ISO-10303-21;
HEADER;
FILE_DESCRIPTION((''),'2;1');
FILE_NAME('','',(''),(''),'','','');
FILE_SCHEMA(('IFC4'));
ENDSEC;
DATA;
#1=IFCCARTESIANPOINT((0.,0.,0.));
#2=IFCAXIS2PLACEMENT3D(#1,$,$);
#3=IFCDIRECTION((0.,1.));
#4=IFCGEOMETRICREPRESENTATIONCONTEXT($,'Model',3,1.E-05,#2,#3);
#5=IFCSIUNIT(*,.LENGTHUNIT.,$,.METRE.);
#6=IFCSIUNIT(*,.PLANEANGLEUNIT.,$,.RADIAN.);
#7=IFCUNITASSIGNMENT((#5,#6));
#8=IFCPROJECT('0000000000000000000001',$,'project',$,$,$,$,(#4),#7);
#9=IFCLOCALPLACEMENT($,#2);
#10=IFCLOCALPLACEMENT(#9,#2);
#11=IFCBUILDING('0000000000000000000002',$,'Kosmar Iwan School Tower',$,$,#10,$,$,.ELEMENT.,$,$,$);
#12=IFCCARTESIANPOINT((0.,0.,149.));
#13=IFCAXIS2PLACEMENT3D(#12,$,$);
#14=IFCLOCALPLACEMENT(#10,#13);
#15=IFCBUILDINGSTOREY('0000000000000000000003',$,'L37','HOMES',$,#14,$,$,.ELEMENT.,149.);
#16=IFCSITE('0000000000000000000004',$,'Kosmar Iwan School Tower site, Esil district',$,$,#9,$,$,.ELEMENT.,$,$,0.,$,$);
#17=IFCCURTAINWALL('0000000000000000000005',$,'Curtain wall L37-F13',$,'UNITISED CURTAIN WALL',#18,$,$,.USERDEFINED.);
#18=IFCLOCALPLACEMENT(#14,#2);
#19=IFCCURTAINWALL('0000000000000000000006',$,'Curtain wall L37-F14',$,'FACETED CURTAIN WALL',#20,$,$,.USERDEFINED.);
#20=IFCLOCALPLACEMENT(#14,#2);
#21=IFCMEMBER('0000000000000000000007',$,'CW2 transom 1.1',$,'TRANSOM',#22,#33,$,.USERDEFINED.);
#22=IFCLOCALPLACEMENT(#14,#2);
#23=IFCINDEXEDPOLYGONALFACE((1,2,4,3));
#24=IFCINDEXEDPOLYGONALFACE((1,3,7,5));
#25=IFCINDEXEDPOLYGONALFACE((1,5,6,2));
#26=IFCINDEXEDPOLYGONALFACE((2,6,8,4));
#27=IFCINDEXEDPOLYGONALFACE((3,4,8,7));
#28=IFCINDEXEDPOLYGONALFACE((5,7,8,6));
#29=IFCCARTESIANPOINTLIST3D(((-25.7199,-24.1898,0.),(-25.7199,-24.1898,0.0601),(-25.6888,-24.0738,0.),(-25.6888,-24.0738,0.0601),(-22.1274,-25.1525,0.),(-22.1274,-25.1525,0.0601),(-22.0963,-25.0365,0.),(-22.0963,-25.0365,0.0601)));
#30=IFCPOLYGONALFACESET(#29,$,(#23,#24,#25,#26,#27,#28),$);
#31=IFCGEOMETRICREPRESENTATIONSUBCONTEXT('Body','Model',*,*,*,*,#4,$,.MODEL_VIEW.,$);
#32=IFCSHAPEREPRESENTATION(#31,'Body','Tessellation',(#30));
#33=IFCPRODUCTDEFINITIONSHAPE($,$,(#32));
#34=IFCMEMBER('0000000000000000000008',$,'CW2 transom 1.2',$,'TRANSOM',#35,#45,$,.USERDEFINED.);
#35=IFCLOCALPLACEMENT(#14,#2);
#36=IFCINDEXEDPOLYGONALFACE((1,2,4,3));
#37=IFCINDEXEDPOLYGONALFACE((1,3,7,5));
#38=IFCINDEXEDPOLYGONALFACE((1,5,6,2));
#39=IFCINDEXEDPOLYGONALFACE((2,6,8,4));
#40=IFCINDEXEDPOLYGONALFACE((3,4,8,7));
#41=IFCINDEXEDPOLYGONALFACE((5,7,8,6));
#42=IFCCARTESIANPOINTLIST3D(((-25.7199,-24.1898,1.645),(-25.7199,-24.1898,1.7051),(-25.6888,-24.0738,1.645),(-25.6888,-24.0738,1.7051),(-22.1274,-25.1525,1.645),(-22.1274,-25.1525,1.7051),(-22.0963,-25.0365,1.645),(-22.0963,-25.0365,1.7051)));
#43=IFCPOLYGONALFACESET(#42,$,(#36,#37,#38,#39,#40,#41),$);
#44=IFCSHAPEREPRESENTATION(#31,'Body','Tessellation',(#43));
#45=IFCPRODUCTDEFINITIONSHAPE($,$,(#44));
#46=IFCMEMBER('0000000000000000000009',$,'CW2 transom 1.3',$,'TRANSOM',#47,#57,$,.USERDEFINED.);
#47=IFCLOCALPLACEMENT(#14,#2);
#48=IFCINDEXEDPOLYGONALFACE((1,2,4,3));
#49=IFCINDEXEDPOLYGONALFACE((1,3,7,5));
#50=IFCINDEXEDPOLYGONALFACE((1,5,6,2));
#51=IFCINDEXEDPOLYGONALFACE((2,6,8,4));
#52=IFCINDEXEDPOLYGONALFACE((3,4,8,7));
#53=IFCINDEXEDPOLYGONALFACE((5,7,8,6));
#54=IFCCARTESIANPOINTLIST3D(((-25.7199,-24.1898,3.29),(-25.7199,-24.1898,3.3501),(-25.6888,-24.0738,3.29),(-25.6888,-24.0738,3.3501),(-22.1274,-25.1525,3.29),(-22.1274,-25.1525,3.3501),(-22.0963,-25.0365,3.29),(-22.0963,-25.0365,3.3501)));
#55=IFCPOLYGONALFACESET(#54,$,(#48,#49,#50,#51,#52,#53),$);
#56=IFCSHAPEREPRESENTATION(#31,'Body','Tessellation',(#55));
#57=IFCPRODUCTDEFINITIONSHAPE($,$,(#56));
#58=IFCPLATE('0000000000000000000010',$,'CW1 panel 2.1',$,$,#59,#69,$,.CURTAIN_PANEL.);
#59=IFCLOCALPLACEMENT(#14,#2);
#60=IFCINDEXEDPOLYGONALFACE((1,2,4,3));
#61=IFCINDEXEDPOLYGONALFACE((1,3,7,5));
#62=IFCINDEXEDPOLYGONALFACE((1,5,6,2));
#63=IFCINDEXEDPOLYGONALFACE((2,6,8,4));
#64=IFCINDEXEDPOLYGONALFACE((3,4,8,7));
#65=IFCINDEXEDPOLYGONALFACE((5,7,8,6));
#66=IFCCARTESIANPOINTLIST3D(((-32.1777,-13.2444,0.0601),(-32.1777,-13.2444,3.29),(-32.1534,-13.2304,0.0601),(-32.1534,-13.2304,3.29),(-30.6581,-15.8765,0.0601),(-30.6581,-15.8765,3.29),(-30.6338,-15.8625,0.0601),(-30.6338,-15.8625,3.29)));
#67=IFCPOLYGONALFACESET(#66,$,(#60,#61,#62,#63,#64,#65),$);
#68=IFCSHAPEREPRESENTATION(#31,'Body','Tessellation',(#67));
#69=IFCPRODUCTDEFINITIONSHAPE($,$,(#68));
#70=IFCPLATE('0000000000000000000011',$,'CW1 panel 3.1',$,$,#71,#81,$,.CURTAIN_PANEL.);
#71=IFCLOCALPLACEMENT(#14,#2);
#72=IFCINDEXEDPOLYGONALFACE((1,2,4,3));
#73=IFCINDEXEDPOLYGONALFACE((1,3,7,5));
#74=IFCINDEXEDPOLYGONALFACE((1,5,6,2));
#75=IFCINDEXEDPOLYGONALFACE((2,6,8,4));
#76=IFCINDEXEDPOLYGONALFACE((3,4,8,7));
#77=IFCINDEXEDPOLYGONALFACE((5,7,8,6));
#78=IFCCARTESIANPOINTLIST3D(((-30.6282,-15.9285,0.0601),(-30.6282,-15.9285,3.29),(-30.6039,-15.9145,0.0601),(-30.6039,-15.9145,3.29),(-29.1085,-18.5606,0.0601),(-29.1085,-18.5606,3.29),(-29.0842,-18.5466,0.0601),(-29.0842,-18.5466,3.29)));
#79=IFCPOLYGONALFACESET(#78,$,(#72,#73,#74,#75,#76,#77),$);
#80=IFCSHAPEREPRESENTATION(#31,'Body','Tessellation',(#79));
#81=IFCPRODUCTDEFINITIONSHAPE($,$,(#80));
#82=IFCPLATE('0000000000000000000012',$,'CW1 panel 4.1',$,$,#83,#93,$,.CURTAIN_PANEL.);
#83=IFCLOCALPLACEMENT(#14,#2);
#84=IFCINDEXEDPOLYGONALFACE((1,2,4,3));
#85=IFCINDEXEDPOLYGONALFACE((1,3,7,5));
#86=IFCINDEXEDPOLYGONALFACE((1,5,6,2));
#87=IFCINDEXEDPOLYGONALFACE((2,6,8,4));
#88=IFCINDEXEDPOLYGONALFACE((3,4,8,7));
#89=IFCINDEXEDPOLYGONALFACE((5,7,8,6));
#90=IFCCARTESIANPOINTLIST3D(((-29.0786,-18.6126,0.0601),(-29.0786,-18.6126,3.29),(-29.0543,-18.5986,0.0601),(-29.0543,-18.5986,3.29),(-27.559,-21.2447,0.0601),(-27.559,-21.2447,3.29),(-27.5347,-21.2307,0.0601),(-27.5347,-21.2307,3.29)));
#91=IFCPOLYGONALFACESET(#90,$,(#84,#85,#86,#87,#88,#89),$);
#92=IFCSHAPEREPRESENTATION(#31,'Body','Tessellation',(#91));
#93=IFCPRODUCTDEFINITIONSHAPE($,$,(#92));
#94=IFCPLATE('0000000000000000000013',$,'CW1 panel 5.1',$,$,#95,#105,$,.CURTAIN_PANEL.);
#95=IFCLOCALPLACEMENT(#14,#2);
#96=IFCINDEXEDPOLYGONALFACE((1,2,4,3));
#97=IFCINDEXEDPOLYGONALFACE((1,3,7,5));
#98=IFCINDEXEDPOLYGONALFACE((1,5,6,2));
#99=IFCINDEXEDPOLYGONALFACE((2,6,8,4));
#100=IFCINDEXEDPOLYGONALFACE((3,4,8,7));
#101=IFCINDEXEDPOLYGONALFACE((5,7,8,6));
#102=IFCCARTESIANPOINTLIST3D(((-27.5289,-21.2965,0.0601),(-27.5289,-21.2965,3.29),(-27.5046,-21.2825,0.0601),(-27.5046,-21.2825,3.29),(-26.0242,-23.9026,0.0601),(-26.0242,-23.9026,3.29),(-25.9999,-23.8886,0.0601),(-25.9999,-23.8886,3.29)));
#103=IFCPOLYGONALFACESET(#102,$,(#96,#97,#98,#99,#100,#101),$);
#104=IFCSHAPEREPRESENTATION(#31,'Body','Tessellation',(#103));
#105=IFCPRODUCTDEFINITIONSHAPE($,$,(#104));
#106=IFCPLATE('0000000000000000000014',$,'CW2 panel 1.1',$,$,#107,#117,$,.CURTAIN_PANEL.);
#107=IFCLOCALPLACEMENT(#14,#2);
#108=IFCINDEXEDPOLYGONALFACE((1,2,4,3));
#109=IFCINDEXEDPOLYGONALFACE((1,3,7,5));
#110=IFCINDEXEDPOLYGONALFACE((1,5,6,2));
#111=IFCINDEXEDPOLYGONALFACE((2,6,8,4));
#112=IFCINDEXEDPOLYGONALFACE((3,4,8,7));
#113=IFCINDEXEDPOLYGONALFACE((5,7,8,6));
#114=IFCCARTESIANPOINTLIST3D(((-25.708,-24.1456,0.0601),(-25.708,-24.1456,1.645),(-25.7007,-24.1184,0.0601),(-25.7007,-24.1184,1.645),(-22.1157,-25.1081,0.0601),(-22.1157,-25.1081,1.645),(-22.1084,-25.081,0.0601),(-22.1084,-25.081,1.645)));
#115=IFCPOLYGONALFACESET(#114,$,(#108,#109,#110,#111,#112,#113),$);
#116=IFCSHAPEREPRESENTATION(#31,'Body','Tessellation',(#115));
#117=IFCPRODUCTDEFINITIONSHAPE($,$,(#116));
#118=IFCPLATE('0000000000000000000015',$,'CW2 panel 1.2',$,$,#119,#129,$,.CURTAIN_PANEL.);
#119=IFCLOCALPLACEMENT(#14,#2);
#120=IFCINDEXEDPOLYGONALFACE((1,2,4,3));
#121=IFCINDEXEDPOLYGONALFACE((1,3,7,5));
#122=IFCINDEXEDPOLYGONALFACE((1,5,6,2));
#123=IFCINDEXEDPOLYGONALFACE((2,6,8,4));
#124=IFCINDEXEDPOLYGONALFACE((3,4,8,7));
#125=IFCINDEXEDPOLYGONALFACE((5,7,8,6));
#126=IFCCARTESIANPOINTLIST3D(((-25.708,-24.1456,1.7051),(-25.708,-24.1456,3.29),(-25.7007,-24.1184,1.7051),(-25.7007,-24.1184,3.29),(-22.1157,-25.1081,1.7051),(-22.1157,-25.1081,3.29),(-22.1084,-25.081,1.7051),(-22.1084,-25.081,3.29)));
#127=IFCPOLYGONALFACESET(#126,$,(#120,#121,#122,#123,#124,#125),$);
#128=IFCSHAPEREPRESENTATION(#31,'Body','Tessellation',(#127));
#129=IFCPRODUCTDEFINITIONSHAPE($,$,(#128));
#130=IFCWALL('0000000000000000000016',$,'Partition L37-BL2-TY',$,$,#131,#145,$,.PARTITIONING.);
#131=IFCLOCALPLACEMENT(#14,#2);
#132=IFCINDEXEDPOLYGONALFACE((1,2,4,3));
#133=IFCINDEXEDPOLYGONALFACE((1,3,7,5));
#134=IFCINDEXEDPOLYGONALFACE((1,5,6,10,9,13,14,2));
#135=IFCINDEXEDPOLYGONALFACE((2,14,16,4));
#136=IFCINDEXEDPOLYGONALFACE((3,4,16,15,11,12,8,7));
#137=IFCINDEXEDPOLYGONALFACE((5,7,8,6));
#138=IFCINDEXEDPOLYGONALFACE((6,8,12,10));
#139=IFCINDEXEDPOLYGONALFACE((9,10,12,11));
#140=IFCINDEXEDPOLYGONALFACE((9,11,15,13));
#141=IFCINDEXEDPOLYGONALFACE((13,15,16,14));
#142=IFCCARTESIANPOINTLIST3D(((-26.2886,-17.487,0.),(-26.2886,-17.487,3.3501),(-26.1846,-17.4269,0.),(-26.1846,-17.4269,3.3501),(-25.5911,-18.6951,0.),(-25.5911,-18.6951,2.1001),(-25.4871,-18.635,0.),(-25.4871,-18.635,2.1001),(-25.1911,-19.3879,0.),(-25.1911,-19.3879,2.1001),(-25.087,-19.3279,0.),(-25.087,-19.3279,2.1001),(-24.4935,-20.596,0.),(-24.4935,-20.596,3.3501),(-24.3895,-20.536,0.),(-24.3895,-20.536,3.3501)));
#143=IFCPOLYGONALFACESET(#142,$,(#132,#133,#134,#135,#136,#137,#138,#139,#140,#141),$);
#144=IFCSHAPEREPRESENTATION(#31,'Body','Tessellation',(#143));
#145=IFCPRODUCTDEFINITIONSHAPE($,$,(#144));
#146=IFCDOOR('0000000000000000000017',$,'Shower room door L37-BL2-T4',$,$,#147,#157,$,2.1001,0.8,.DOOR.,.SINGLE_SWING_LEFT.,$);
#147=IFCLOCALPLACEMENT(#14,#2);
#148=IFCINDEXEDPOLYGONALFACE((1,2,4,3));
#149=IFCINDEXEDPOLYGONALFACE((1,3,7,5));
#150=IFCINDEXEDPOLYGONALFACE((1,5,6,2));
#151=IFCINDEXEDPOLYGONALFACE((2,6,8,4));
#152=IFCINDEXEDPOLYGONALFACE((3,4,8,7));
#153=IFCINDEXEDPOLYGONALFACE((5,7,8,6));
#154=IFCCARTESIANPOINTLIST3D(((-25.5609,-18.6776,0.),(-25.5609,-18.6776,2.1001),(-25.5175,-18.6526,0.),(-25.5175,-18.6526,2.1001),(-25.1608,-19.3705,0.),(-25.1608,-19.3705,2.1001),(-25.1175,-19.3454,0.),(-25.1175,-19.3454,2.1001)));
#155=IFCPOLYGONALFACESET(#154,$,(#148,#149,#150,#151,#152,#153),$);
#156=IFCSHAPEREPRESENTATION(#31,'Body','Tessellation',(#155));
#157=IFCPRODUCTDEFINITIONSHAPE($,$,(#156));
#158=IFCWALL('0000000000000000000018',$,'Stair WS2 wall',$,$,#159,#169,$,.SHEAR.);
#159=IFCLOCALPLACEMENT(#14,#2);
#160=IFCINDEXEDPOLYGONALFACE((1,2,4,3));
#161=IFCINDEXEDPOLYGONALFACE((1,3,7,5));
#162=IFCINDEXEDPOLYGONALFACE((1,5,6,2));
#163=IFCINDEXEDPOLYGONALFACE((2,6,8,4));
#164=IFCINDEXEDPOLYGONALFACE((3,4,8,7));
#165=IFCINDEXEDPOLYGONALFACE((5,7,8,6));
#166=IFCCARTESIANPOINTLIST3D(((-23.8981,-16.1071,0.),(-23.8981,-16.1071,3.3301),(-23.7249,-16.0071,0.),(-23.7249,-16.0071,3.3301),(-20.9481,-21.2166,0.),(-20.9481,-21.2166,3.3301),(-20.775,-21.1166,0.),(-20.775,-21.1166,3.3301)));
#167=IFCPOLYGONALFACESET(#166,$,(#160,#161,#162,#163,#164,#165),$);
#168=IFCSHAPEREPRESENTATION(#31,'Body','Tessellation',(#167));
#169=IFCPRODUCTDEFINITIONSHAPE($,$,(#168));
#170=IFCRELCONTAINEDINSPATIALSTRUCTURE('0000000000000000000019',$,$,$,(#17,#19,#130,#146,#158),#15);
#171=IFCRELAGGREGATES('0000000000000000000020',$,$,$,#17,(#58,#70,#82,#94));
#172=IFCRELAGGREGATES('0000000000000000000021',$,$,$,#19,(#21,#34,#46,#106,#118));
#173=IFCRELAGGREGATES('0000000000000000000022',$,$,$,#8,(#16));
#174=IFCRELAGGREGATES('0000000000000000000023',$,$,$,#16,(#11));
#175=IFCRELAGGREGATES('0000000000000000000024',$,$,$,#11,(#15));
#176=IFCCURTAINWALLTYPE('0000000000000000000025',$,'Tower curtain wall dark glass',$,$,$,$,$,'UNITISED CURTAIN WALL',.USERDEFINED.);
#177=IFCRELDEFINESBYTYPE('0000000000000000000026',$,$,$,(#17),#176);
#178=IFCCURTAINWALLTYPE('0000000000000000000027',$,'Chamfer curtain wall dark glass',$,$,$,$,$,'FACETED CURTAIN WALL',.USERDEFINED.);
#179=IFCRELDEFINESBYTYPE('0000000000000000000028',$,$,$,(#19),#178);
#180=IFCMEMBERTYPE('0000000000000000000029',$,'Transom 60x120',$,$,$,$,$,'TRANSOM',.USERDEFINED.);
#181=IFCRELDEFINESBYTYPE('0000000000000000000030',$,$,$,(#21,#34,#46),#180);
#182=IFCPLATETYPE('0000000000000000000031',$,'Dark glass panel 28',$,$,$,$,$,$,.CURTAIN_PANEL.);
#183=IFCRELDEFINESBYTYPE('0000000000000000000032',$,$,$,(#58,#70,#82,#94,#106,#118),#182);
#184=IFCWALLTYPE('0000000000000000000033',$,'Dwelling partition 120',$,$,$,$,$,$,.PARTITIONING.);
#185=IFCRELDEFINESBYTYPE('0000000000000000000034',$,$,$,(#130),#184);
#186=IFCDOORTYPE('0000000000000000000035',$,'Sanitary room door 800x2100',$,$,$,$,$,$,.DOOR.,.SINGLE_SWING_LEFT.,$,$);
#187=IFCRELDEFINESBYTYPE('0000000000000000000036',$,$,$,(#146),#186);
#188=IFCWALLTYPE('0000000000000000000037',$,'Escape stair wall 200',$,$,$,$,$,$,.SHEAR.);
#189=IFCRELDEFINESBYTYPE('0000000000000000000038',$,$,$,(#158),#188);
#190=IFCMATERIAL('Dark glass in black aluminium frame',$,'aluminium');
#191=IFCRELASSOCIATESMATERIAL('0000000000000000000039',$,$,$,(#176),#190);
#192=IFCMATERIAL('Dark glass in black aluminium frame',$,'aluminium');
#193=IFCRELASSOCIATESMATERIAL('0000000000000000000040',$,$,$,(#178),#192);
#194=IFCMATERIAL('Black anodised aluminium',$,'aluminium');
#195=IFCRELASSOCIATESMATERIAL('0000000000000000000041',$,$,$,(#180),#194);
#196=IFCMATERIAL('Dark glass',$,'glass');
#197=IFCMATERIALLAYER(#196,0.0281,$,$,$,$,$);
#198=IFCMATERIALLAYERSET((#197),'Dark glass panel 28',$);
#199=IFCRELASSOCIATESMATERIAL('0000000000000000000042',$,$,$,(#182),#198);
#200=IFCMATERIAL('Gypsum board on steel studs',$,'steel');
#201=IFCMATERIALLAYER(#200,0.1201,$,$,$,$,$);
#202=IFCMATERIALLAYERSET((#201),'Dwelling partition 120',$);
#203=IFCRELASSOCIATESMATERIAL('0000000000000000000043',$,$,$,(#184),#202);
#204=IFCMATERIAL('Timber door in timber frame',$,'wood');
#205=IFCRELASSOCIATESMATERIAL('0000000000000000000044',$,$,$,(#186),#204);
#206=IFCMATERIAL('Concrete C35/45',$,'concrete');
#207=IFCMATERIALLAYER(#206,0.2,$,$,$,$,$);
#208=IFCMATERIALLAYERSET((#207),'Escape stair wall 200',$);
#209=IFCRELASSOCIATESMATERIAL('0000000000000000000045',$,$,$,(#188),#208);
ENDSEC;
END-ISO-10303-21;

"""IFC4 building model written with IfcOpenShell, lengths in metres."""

from ifc_helpers import new_model, si_unit, direction, frame, frame_2d, origin, origin_2d, place, context, subcontext, project, spatial, rectangle, extrude, material, layer, layer_set, material_profile, profile_set, type_object, element, fill, aggregate, save


model = new_model("IFC4")

# Units and contexts
model_context = context("Model", 3, precision=1e-05, world=origin(), true_north=direction((0.0, 1.0)))
body_context = subcontext(model_context, "Body", "Model", "MODEL_VIEW")
ifc_project = project(units=[si_unit("LENGTHUNIT", "METRE"), si_unit("PLANEANGLEUNIT", "RADIAN")], contexts=[model_context])

# Site, building, storey
site_placement = place(None, origin())
site = spatial("IfcSite", under=ifc_project, at=site_placement, Name="Kosmar Iwan School Tower site, Esil district", CompositionType="ELEMENT", RefElevation=0.0)
building_placement = place(site_placement, origin())
building = spatial("IfcBuilding", under=site, at=building_placement, Name="Kosmar Iwan School Tower", CompositionType="ELEMENT")
storey_placement = place(building_placement, frame((0.0, 0.0, 149.0)))
storey = spatial("IfcBuildingStorey", under=building, at=storey_placement, Name="L37", Description="HOMES", CompositionType="ELEMENT", Elevation=149.0)

# Curtain wall
ifc_material_1 = material(Name="Dark glass in black aluminium frame", Category="aluminium")
curtain_wall_type_1 = type_object("IfcCurtainWallType", Name="Tower curtain wall dark glass", ElementType="UNITISED CURTAIN WALL", PredefinedType="USERDEFINED", material=ifc_material_1)
curtain_wall_1_placement = place(storey_placement, origin())
curtain_wall_1 = element("IfcCurtainWall", 1, at=curtain_wall_1_placement, inside=storey, type_object=curtain_wall_type_1, Name="Curtain wall L37-F13", ObjectType="UNITISED CURTAIN WALL", PredefinedType="USERDEFINED")

# Curtain wall
ifc_material_2 = material(Name="Dark glass in black aluminium frame", Category="aluminium")
curtain_wall_type_2 = type_object("IfcCurtainWallType", Name="Chamfer curtain wall dark glass", ElementType="FACETED CURTAIN WALL", PredefinedType="USERDEFINED", material=ifc_material_2)
curtain_wall_2_placement = place(storey_placement, origin())
curtain_wall_2 = element("IfcCurtainWall", 2, at=curtain_wall_2_placement, inside=storey, type_object=curtain_wall_type_2, Name="Curtain wall L37-F14", ObjectType="FACETED CURTAIN WALL", PredefinedType="USERDEFINED")

# Members
ifc_material_3 = material(Name="Black anodised aluminium", Category="aluminium")
ifc_material_profile_1 = material_profile(ifc_material_3, rectangle(XDim=0.1201, YDim=0.0601, at=origin_2d()), Name="TRANSOM 60x120")
ifc_profile_set_1 = profile_set([ifc_material_profile_1], Name="Black anodised aluminium")
member_type_1 = type_object("IfcMemberType", Name="Transom 60x120", ElementType="TRANSOM", PredefinedType="USERDEFINED", material=ifc_profile_set_1)
member_1_placement = place(storey_placement, frame((-25.7043, -24.1318, 0.03), z_axis=(0.965924, -0.258827, 0.0), x_axis=(0.258827, 0.965924, 0.0)))
member_1 = element("IfcMember", 3, at=member_1_placement, type_object=member_type_1, Name="CW2 transom 1.1", ObjectType="TRANSOM", PredefinedType="USERDEFINED", context=body_context, shape_type="SweptSolid", body=[
    extrude(rectangle(XDim=0.1201, YDim=0.0601, at=origin_2d()), origin(), (0.0, 0.0, 1.0), 3.7192),
])
member_2_placement = place(storey_placement, frame((-25.7043, -24.1318, 1.675), z_axis=(0.965924, -0.258827, 0.0), x_axis=(0.258827, 0.965924, 0.0)))
member_2 = element("IfcMember", 4, at=member_2_placement, type_object=member_type_1, Name="CW2 transom 1.2", ObjectType="TRANSOM", PredefinedType="USERDEFINED", context=body_context, shape_type="SweptSolid", body=[
    extrude(rectangle(XDim=0.1201, YDim=0.0601, at=origin_2d()), origin(), (0.0, 0.0, 1.0), 3.7192),
])
member_3_placement = place(storey_placement, frame((-25.7043, -24.1318, 3.3201), z_axis=(0.965924, -0.258827, 0.0), x_axis=(0.258827, 0.965924, 0.0)))
member_3 = element("IfcMember", 5, at=member_3_placement, type_object=member_type_1, Name="CW2 transom 1.3", ObjectType="TRANSOM", PredefinedType="USERDEFINED", context=body_context, shape_type="SweptSolid", body=[
    extrude(rectangle(XDim=0.1201, YDim=0.0601, at=origin_2d()), origin(), (0.0, 0.0, 1.0), 3.7192),
])

# Plates
ifc_material_4 = material(Name="Dark glass", Category="glass")
ifc_layer_1 = layer(ifc_material_4, 0.0281)
ifc_layer_set_1 = layer_set([ifc_layer_1], Name="Dark glass panel 28")
plate_type = type_object("IfcPlateType", Name="Dark glass panel 28", PredefinedType="CURTAIN_PANEL", material=ifc_layer_set_1)
plate_1_placement = place(storey_placement, frame((-31.4058, -14.5535, 0.0601), z_axis=(0.0, 0.0, 1.0), x_axis=(0.5, -0.866025, 0.0)))
plate_1 = element("IfcPlate", 6, at=plate_1_placement, type_object=plate_type, Name="CW1 panel 2.1", PredefinedType="CURTAIN_PANEL", context=body_context, shape_type="SweptSolid", body=[
    extrude(rectangle(XDim=3.0393, YDim=0.0281, at=origin_2d()), origin(), (0.0, 0.0, 1.0), 3.23),
])
plate_2_placement = place(storey_placement, frame((-29.8562, -17.2375, 0.0601), z_axis=(0.0, 0.0, 1.0), x_axis=(0.5, -0.866025, 0.0)))
plate_2 = element("IfcPlate", 7, at=plate_2_placement, type_object=plate_type, Name="CW1 panel 3.1", PredefinedType="CURTAIN_PANEL", context=body_context, shape_type="SweptSolid", body=[
    extrude(rectangle(XDim=3.0393, YDim=0.0281, at=origin_2d()), origin(), (0.0, 0.0, 1.0), 3.23),
])
plate_3_placement = place(storey_placement, frame((-28.3066, -19.9216, 0.0601), z_axis=(0.0, 0.0, 1.0), x_axis=(0.5, -0.866025, 0.0)))
plate_3 = element("IfcPlate", 8, at=plate_3_placement, type_object=plate_type, Name="CW1 panel 4.1", PredefinedType="CURTAIN_PANEL", context=body_context, shape_type="SweptSolid", body=[
    extrude(rectangle(XDim=3.0393, YDim=0.0281, at=origin_2d()), origin(), (0.0, 0.0, 1.0), 3.23),
])
plate_4_placement = place(storey_placement, frame((-26.7644, -22.5925, 0.0601), z_axis=(0.0, 0.0, 1.0), x_axis=(0.5, -0.866025, 0.0)))
plate_4 = element("IfcPlate", 9, at=plate_4_placement, type_object=plate_type, Name="CW1 panel 5.1", PredefinedType="CURTAIN_PANEL", context=body_context, shape_type="SweptSolid", body=[
    extrude(rectangle(XDim=3.0093, YDim=0.0281, at=origin_2d()), origin(), (0.0, 0.0, 1.0), 3.23),
])
aggregate(curtain_wall_1, [plate_1, plate_2, plate_3, plate_4])
plate_5_placement = place(storey_placement, frame((-23.9082, -24.6133, 0.0601), z_axis=(0.0, 0.0, 1.0), x_axis=(0.965926, -0.258819, 0.0)))
plate_5 = element("IfcPlate", 10, at=plate_5_placement, type_object=plate_type, Name="CW2 panel 1.1", PredefinedType="CURTAIN_PANEL", context=body_context, shape_type="SweptSolid", body=[
    extrude(rectangle(XDim=3.719, YDim=0.0281, at=origin_2d()), origin(), (0.0, 0.0, 1.0), 1.585),
])
plate_6_placement = place(storey_placement, frame((-23.9082, -24.6133, 1.7051), z_axis=(0.0, 0.0, 1.0), x_axis=(0.965926, -0.258819, 0.0)))
plate_6 = element("IfcPlate", 11, at=plate_6_placement, type_object=plate_type, Name="CW2 panel 1.2", PredefinedType="CURTAIN_PANEL", context=body_context, shape_type="SweptSolid", body=[
    extrude(rectangle(XDim=3.719, YDim=0.0281, at=origin_2d()), origin(), (0.0, 0.0, 1.0), 1.585),
])
aggregate(curtain_wall_2, [member_1, member_2, member_3, plate_5, plate_6])

# Wall, opening, door
ifc_material_5 = material(Name="Gypsum board on steel studs", Category="steel")
ifc_layer_2 = layer(ifc_material_5, 0.1201)
ifc_layer_set_2 = layer_set([ifc_layer_2], Name="Dwelling partition 120")
wall_type_1 = type_object("IfcWallType", Name="Dwelling partition 120", PredefinedType="PARTITIONING", material=ifc_layer_set_2)
wall_1_placement = place(storey_placement, frame((-26.2366, -17.457, 0.0), z_axis=(0.0, 0.0, 1.0), x_axis=(0.500023, -0.866012, 0.0)))
wall_1 = element("IfcWall", 12, at=wall_1_placement, inside=storey, type_object=wall_type_1, Name="Partition L37-BL2-TY", PredefinedType="PARTITIONING", context=body_context, shape_type="SweptSolid", body=[
    extrude(rectangle(XDim=3.5901, YDim=0.1201, at=frame_2d((1.7949, 0.0))), origin(), (0.0, 0.0, 1.0), 3.3501),
])
opening_placement = place(wall_1_placement, frame((1.395, 0.0, 0.0)))
opening = element("IfcOpeningElement", 13, at=opening_placement, cuts=wall_1, PredefinedType="OPENING", context=body_context, shape_type="SweptSolid", body=[
    extrude(rectangle(XDim=0.8, YDim=2.1001, at=frame_2d((0.3999, 1.05))), frame((0.0, 0.072, 0.0), z_axis=(0.0, -1.0, 0.0), x_axis=(1.0, 0.0, 0.0)), (0.0, 0.0, 1.0), 0.144),
])
ifc_material_6 = material(Name="Timber door in timber frame", Category="wood")
door_type = type_object("IfcDoorType", Name="Sanitary room door 800x2100", OperationType="SINGLE_SWING_LEFT", PredefinedType="DOOR", material=ifc_material_6)
door_placement = place(opening_placement, origin())
door = element("IfcDoor", 14, at=door_placement, inside=storey, type_object=door_type, Name="Shower room door L37-BL2-T4", OperationType="SINGLE_SWING_LEFT", OverallHeight=2.1001, OverallWidth=0.8, PredefinedType="DOOR", context=body_context, shape_type="SweptSolid", body=[
    extrude(rectangle(XDim=0.8, YDim=2.1001, at=frame_2d((0.3999, 1.05))), frame((0.0, 0.0249, 0.0), z_axis=(0.0, -1.0, 0.0), x_axis=(1.0, 0.0, 0.0)), (0.0, 0.0, 1.0), 0.05),
])
fill(opening, door)

# Wall
ifc_material_7 = material(Name="Concrete C35/45", Category="concrete")
ifc_layer_3 = layer(ifc_material_7, 0.2)
ifc_layer_set_3 = layer_set([ifc_layer_3], Name="Escape stair wall 200")
wall_type_2 = type_object("IfcWallType", Name="Escape stair wall 200", PredefinedType="SHEAR", material=ifc_layer_set_3)
wall_2_placement = place(storey_placement, frame((-23.8115, -16.0571, 0.0), z_axis=(0.0, 0.0, 1.0), x_axis=(0.500007, -0.866022, 0.0)))
element("IfcWall", 15, at=wall_2_placement, inside=storey, type_object=wall_type_2, Name="Stair WS2 wall", PredefinedType="SHEAR", context=body_context, shape_type="SweptSolid", body=[
    extrude(rectangle(XDim=5.8999, YDim=0.2, at=frame_2d((2.95, 0.0))), origin(), (0.0, 0.0, 1.0), 3.3301),
])

save(model, "model.ifc")
